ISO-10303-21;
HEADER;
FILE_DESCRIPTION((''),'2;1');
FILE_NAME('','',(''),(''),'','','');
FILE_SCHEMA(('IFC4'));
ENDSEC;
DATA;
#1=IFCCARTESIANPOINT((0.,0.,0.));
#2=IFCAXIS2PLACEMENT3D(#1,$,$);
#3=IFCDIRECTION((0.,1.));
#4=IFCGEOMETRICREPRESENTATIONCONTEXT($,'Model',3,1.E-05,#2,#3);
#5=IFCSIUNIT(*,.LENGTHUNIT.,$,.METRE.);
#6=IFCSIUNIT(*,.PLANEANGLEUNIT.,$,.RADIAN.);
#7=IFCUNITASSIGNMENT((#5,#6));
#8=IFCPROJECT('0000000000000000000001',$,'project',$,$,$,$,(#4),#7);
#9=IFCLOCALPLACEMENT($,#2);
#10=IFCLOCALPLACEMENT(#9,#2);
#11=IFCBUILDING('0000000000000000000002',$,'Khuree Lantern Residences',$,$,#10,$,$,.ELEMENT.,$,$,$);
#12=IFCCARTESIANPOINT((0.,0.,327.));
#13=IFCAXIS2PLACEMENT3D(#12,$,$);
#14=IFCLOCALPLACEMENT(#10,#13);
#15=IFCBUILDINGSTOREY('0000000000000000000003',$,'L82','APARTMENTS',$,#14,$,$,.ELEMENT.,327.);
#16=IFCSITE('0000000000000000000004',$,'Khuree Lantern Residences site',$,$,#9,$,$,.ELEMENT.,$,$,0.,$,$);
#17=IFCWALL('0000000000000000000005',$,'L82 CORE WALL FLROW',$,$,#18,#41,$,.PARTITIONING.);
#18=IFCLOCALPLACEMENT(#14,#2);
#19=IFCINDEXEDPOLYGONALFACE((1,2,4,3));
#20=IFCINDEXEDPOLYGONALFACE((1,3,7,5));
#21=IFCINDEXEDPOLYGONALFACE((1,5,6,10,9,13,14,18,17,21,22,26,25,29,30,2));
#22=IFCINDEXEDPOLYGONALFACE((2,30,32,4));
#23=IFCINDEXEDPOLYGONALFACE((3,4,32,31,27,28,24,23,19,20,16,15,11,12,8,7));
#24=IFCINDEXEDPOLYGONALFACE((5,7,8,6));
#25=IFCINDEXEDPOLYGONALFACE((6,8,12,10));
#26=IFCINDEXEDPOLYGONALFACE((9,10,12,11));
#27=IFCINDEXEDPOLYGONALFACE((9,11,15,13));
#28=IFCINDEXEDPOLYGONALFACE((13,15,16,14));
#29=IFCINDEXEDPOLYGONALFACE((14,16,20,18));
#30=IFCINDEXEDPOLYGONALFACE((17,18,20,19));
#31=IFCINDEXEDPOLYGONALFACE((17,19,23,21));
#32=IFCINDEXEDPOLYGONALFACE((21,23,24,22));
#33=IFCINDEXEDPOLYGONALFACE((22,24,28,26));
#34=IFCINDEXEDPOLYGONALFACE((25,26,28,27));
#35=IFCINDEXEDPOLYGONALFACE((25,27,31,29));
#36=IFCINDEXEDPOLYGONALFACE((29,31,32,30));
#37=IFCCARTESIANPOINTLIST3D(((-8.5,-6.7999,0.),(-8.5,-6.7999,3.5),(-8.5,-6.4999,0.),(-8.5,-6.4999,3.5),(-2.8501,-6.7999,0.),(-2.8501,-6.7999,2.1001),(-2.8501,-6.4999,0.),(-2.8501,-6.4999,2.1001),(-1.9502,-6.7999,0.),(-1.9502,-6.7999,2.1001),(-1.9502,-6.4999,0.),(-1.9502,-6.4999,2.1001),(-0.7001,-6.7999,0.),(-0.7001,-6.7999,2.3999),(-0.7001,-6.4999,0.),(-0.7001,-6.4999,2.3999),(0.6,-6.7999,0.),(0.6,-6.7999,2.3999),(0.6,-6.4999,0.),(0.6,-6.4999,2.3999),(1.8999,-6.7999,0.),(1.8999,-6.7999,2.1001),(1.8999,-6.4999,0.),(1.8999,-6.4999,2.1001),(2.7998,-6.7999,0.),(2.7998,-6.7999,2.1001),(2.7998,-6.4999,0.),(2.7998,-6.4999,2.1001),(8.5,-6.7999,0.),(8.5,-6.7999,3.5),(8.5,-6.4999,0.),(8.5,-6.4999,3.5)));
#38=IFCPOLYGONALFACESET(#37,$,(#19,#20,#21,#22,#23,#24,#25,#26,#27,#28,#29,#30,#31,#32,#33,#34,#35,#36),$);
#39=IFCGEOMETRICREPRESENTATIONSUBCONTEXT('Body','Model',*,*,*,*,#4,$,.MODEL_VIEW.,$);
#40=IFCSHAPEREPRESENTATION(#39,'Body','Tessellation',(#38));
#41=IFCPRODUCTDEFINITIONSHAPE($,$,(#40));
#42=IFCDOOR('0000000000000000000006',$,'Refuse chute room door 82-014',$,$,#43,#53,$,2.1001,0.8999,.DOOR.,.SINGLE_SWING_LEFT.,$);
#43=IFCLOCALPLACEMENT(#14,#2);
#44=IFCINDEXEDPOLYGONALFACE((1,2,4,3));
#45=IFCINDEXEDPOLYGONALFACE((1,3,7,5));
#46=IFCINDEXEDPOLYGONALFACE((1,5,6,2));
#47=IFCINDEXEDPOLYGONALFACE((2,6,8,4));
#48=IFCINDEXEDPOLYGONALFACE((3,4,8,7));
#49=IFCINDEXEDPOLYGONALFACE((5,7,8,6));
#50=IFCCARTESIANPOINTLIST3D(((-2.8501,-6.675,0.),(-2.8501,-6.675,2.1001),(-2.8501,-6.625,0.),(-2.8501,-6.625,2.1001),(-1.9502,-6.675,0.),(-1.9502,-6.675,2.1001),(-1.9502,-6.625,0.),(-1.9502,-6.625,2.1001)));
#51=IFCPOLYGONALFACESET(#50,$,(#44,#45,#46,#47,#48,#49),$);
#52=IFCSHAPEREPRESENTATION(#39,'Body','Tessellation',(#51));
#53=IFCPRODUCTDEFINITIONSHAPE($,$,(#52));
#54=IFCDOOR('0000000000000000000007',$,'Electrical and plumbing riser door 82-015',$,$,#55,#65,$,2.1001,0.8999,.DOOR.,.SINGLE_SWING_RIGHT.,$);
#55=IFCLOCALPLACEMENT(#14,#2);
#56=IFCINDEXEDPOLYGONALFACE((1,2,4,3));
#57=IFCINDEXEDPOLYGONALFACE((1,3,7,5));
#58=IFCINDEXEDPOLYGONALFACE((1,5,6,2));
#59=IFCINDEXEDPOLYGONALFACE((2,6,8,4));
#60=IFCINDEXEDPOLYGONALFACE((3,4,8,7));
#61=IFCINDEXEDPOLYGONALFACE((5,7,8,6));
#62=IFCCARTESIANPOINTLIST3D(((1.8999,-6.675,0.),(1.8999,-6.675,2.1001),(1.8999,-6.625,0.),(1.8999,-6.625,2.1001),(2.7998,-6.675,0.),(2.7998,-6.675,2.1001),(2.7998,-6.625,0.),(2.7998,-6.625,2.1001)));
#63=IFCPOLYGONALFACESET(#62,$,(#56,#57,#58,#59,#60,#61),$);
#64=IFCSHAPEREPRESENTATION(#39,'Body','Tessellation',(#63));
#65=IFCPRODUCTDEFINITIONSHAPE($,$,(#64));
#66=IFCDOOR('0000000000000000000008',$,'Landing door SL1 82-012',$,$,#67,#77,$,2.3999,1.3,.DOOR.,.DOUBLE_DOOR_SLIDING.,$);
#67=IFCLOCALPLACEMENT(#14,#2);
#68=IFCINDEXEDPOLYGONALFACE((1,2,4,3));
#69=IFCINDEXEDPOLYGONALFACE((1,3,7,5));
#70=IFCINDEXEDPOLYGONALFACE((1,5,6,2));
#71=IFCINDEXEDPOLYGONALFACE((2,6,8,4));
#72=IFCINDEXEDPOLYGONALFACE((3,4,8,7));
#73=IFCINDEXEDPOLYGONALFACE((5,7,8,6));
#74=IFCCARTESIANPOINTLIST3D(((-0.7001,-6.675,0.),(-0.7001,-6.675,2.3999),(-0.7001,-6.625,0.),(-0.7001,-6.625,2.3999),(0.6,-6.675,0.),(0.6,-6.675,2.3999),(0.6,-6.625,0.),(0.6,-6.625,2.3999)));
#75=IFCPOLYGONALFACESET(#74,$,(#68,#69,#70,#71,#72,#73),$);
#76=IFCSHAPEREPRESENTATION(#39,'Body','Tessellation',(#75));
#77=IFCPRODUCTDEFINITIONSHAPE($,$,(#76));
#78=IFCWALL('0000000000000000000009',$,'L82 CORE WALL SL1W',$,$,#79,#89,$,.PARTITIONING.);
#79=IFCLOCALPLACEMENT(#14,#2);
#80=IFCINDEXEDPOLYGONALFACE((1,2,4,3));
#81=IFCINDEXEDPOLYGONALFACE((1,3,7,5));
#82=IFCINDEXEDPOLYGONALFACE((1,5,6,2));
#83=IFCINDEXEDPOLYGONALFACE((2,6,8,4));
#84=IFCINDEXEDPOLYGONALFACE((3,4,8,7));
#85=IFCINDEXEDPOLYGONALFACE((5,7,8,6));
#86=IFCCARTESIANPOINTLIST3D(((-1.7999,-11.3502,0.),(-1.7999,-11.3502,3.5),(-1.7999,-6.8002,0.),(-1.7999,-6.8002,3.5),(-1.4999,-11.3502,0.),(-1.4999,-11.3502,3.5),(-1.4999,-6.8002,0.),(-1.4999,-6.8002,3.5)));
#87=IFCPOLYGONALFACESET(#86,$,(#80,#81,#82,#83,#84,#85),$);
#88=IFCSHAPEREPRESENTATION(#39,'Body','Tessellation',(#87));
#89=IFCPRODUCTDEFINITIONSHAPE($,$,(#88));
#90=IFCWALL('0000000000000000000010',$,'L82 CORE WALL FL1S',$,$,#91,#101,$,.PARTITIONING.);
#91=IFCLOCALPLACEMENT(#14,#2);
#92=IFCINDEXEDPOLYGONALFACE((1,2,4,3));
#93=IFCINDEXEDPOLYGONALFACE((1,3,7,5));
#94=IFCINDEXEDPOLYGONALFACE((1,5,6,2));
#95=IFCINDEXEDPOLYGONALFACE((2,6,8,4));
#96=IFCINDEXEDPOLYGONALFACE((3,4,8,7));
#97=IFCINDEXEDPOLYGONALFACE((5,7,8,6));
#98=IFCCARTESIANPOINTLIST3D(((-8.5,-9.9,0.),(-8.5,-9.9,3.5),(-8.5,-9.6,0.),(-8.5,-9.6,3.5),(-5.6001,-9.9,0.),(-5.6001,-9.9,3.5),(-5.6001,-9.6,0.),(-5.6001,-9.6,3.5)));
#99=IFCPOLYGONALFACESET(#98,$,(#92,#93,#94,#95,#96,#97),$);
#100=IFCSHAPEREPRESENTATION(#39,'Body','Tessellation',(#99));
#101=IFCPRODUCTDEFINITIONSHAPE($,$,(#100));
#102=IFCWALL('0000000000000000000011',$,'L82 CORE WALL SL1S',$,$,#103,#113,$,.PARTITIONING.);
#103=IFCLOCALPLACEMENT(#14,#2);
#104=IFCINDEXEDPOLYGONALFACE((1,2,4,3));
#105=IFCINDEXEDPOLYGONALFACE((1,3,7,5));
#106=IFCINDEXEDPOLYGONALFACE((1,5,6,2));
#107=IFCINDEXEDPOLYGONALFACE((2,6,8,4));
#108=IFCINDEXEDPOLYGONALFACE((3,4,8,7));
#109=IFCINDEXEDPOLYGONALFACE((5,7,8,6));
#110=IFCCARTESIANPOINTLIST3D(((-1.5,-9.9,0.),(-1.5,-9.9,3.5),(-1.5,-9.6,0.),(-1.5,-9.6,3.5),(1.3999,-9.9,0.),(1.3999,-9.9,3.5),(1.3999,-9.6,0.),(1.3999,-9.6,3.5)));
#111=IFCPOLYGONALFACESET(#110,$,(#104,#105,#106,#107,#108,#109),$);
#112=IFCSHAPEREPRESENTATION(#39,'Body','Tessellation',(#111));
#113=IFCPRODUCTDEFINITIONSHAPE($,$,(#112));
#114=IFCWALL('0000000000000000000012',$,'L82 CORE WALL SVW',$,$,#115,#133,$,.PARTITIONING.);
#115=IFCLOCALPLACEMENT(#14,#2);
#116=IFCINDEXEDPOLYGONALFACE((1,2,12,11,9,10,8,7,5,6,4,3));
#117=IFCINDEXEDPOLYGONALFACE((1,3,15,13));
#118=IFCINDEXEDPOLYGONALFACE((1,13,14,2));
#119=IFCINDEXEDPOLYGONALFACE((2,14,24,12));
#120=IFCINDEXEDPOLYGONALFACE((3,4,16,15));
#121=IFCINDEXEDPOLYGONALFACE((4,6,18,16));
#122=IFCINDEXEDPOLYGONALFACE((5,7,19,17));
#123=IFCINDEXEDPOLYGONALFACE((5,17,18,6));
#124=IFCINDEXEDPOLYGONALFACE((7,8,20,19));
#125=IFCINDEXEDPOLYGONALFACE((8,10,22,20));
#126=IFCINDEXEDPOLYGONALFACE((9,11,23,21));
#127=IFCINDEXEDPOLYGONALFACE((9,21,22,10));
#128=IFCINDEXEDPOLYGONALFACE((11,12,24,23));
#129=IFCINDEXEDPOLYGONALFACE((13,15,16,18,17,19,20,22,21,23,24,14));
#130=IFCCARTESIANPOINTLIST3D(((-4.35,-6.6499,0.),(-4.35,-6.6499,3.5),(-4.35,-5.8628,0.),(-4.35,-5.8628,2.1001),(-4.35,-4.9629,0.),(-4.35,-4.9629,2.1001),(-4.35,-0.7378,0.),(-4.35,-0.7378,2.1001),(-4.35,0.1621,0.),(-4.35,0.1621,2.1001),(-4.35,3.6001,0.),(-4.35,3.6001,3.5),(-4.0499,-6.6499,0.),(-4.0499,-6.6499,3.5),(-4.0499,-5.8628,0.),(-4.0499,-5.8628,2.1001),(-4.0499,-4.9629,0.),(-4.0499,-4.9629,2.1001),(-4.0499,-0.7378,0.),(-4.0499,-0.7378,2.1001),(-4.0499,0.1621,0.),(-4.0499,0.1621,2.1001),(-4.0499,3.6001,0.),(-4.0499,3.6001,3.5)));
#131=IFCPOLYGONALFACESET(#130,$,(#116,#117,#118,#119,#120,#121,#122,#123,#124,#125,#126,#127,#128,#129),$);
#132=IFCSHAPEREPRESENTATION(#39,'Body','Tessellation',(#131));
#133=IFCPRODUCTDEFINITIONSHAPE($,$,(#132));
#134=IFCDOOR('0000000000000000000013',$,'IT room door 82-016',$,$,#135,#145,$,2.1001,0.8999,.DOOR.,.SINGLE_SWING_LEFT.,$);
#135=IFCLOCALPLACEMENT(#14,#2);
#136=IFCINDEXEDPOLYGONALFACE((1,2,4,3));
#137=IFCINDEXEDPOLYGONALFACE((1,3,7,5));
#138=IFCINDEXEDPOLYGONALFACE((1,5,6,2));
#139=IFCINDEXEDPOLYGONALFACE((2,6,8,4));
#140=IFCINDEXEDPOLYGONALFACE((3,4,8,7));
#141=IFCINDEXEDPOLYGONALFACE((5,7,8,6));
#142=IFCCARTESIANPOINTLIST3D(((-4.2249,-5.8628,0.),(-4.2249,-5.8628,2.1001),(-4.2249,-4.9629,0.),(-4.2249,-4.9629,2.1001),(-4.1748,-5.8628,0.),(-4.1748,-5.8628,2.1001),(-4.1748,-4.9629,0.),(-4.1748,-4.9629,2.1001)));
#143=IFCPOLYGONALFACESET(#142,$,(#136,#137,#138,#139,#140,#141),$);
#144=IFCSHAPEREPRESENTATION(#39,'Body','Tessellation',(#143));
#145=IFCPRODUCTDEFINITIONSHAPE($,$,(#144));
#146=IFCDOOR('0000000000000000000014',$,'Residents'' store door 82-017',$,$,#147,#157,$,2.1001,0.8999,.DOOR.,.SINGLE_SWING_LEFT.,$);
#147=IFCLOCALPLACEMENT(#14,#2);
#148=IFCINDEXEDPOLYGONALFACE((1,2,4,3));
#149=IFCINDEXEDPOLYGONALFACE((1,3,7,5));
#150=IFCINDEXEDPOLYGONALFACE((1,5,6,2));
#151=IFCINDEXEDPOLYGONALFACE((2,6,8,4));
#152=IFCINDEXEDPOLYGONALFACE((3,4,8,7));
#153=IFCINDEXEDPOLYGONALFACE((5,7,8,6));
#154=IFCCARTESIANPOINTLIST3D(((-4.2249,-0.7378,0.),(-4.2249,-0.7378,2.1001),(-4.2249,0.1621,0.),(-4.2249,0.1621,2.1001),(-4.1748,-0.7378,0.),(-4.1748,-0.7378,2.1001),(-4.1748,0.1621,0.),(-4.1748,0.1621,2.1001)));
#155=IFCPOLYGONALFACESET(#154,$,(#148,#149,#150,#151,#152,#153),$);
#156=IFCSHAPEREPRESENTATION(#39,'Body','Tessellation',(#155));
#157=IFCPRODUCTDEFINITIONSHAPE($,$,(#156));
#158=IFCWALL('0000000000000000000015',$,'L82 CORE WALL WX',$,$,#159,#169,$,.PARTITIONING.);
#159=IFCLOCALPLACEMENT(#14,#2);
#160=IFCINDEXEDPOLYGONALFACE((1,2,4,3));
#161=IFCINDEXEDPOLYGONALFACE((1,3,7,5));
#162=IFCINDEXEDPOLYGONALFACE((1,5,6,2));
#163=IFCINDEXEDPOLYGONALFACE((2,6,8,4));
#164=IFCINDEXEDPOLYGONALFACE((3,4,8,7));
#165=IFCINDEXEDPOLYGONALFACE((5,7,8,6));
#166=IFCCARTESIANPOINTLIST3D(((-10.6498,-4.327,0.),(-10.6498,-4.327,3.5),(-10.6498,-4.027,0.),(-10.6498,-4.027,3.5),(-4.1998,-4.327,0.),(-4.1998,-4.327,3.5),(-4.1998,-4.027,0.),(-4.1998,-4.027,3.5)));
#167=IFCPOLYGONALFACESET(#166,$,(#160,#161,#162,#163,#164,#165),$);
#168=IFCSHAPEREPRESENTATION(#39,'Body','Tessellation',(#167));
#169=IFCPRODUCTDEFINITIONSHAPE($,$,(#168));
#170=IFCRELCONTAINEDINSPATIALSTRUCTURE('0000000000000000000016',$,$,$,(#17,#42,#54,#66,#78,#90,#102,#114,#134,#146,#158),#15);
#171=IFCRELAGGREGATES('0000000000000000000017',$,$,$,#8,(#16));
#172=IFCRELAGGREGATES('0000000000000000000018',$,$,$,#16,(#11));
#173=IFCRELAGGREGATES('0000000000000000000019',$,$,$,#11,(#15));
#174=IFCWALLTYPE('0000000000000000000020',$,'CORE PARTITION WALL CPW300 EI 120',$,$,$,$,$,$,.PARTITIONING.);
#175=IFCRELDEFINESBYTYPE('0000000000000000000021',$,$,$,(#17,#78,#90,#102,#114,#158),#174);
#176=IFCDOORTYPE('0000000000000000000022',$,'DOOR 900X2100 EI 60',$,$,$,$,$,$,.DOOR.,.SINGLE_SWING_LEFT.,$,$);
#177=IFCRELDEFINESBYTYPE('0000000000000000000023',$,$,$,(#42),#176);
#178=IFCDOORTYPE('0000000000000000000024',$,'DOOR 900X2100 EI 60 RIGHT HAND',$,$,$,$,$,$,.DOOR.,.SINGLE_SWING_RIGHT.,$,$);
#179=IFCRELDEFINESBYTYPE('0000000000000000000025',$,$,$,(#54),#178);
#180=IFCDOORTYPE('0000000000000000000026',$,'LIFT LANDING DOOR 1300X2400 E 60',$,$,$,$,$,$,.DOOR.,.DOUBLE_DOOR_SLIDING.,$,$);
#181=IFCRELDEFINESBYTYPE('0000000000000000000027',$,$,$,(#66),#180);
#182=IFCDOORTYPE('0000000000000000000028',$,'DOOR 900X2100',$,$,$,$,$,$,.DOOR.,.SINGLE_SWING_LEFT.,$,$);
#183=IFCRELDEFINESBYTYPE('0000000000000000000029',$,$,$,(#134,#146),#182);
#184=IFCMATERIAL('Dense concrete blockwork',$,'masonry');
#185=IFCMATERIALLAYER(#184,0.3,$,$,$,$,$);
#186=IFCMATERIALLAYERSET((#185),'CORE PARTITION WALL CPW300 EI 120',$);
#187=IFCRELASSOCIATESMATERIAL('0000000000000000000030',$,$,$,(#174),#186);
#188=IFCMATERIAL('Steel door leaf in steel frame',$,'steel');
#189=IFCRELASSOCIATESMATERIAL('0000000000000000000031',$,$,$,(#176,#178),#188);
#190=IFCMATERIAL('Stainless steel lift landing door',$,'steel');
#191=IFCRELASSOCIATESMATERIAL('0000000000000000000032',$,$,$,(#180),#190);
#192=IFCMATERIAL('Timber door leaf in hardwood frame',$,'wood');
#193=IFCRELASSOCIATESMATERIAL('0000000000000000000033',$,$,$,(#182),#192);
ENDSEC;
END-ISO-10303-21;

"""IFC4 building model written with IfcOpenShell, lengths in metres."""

from ifc_helpers import new_model, si_unit, direction, frame, frame_2d, origin, place, context, subcontext, project, spatial, rectangle, extrude, material, layer, layer_set, type_object, element, fill, save


model = new_model("IFC4")

# Units and contexts
model_context = context("Model", 3, precision=1e-05, world=origin(), true_north=direction((0.0, 1.0)))
body_context = subcontext(model_context, "Body", "Model", "MODEL_VIEW")
ifc_project = project(units=[si_unit("LENGTHUNIT", "METRE"), si_unit("PLANEANGLEUNIT", "RADIAN")], contexts=[model_context])

# Site, building, storey
site_placement = place(None, origin())
site = spatial("IfcSite", under=ifc_project, at=site_placement, Name="Khuree Lantern Residences site", CompositionType="ELEMENT", RefElevation=0.0)
building_placement = place(site_placement, origin())
building = spatial("IfcBuilding", under=site, at=building_placement, Name="Khuree Lantern Residences", CompositionType="ELEMENT")
storey_placement = place(building_placement, frame((0.0, 0.0, 327.0)))
storey = spatial("IfcBuildingStorey", under=building, at=storey_placement, Name="L82", Description="APARTMENTS", CompositionType="ELEMENT", Elevation=327.0)

# Wall, openings, doors
ifc_material_1 = material(Name="Dense concrete blockwork", Category="masonry")
ifc_layer_1 = layer(ifc_material_1, 0.3)
ifc_layer_set_1 = layer_set([ifc_layer_1], Name="CORE PARTITION WALL CPW300 EI 120")
wall_type_1 = type_object("IfcWallType", Name="CORE PARTITION WALL CPW300 EI 120", PredefinedType="PARTITIONING", material=ifc_layer_set_1)
wall_1_placement = place(storey_placement, frame((-8.5, -6.6499, 0.0), z_axis=(0.0, 0.0, 1.0), x_axis=(1.0, 0.0, 0.0)))
wall_1 = element("IfcWall", 1, at=wall_1_placement, inside=storey, type_object=wall_type_1, Name="L82 CORE WALL FLROW", PredefinedType="PARTITIONING", context=body_context, shape_type="SweptSolid", body=[
    extrude(rectangle(XDim=17.0, YDim=0.3, at=frame_2d((8.5, 0.0))), origin(), (0.0, 0.0, 1.0), 3.5),
])
opening_1_placement = place(wall_1_placement, frame((7.8, 0.0, 0.0)))
opening_1 = element("IfcOpeningElement", 2, at=opening_1_placement, cuts=wall_1, PredefinedType="OPENING", context=body_context, shape_type="SweptSolid", body=[
    extrude(rectangle(XDim=1.3, YDim=2.3999, at=frame_2d((0.6499, 1.2))), frame((0.0, 0.1602, 0.0), z_axis=(0.0, -1.0, 0.0), x_axis=(1.0, 0.0, 0.0)), (0.0, 0.0, 1.0), 0.3201),
])
opening_2_placement = place(wall_1_placement, frame((5.6499, 0.0, 0.0)))
opening_2 = element("IfcOpeningElement", 3, at=opening_2_placement, cuts=wall_1, PredefinedType="OPENING", context=body_context, shape_type="SweptSolid", body=[
    extrude(rectangle(XDim=0.8999, YDim=2.1001, at=frame_2d((0.45, 1.05))), frame((0.0, 0.1602, 0.0), z_axis=(0.0, -1.0, 0.0), x_axis=(1.0, 0.0, 0.0)), (0.0, 0.0, 1.0), 0.3201),
])
opening_3_placement = place(wall_1_placement, frame((10.3999, 0.0, 0.0)))
opening_3 = element("IfcOpeningElement", 4, at=opening_3_placement, cuts=wall_1, PredefinedType="OPENING", context=body_context, shape_type="SweptSolid", body=[
    extrude(rectangle(XDim=0.8999, YDim=2.1001, at=frame_2d((0.45, 1.05))), frame((0.0, 0.1602, 0.0), z_axis=(0.0, -1.0, 0.0), x_axis=(1.0, 0.0, 0.0)), (0.0, 0.0, 1.0), 0.3201),
])
ifc_material_2 = material(Name="Steel door leaf in steel frame", Category="steel")
door_type_1 = type_object("IfcDoorType", Name="DOOR 900X2100 EI 60", OperationType="SINGLE_SWING_LEFT", PredefinedType="DOOR", material=ifc_material_2)
door_1_placement = place(opening_2_placement, origin())
door_1 = element("IfcDoor", 5, at=door_1_placement, inside=storey, type_object=door_type_1, Name="Refuse chute room door 82-014", OperationType="SINGLE_SWING_LEFT", OverallHeight=2.1001, OverallWidth=0.8999, PredefinedType="DOOR", context=body_context, shape_type="SweptSolid", body=[
    extrude(rectangle(XDim=0.8999, YDim=2.1001, at=frame_2d((0.45, 1.05))), frame((0.0, 0.0249, 0.0), z_axis=(0.0, -1.0, 0.0), x_axis=(1.0, 0.0, 0.0)), (0.0, 0.0, 1.0), 0.05),
])
fill(opening_2, door_1)
door_type_2 = type_object("IfcDoorType", Name="DOOR 900X2100 EI 60 RIGHT HAND", OperationType="SINGLE_SWING_RIGHT", PredefinedType="DOOR", material=ifc_material_2)
door_2_placement = place(opening_3_placement, origin())
door_2 = element("IfcDoor", 6, at=door_2_placement, inside=storey, type_object=door_type_2, Name="Electrical and plumbing riser door 82-015", OperationType="SINGLE_SWING_RIGHT", OverallHeight=2.1001, OverallWidth=0.8999, PredefinedType="DOOR", context=body_context, shape_type="SweptSolid", body=[
    extrude(rectangle(XDim=0.8999, YDim=2.1001, at=frame_2d((0.45, 1.05))), frame((0.0, 0.0249, 0.0), z_axis=(0.0, -1.0, 0.0), x_axis=(1.0, 0.0, 0.0)), (0.0, 0.0, 1.0), 0.05),
])
fill(opening_3, door_2)
ifc_material_3 = material(Name="Stainless steel lift landing door", Category="steel")
door_type_3 = type_object("IfcDoorType", Name="LIFT LANDING DOOR 1300X2400 E 60", OperationType="DOUBLE_DOOR_SLIDING", PredefinedType="DOOR", material=ifc_material_3)
door_3_placement = place(opening_1_placement, origin())
door_3 = element("IfcDoor", 7, at=door_3_placement, inside=storey, type_object=door_type_3, Name="Landing door SL1 82-012", OperationType="DOUBLE_DOOR_SLIDING", OverallHeight=2.3999, OverallWidth=1.3, PredefinedType="DOOR", context=body_context, shape_type="SweptSolid", body=[
    extrude(rectangle(XDim=1.3, YDim=2.3999, at=frame_2d((0.6499, 1.2))), frame((0.0, 0.0249, 0.0), z_axis=(0.0, -1.0, 0.0), x_axis=(1.0, 0.0, 0.0)), (0.0, 0.0, 1.0), 0.05),
])
fill(opening_1, door_3)

# Walls
wall_2_placement = place(storey_placement, frame((-1.6499, -11.3501, 0.0), z_axis=(0.0, 0.0, 1.0), x_axis=(0.0, 1.0, 0.0)))
element("IfcWall", 8, at=wall_2_placement, inside=storey, type_object=wall_type_1, Name="L82 CORE WALL SL1W", PredefinedType="PARTITIONING", context=body_context, shape_type="SweptSolid", body=[
    extrude(rectangle(XDim=4.55, YDim=0.3, at=frame_2d((2.2749, 0.0))), origin(), (0.0, 0.0, 1.0), 3.5),
])
for number, where, z_axis, x_axis, name in (
    (9, (-8.5, -9.75, 0.0), (0.0, 0.0, 1.0), (1.0, 0.0, 0.0), "L82 CORE WALL FL1S"),
    (10, (-1.5, -9.75, 0.0), (0.0, 0.0, 1.0), (1.0, 0.0, 0.0), "L82 CORE WALL SL1S"),
):
    element("IfcWall", number, at=place(storey_placement, frame(where, z_axis=z_axis, x_axis=x_axis)), inside=storey, type_object=wall_type_1, Name=name, PredefinedType="PARTITIONING", context=body_context, shape_type="SweptSolid", body=[
        extrude(rectangle(XDim=2.8999, YDim=0.3, at=frame_2d((1.45, 0.0))), origin(), (0.0, 0.0, 1.0), 3.5),
    ])

# Wall, openings, doors
wall_3_placement = place(storey_placement, frame((-4.2, -6.6499, 0.0), z_axis=(0.0, 0.0, 1.0), x_axis=(0.0, 1.0, 0.0)))
wall_3 = element("IfcWall", 11, at=wall_3_placement, inside=storey, type_object=wall_type_1, Name="L82 CORE WALL SVW", PredefinedType="PARTITIONING", context=body_context, shape_type="SweptSolid", body=[
    extrude(rectangle(XDim=10.25, YDim=0.3, at=frame_2d((5.125, 0.0))), origin(), (0.0, 0.0, 1.0), 3.5),
])
opening_4_placement = place(wall_3_placement, frame((0.7871, 0.0, 0.0)))
opening_4 = element("IfcOpeningElement", 12, at=opening_4_placement, cuts=wall_3, PredefinedType="OPENING", context=body_context, shape_type="SweptSolid", body=[
    extrude(rectangle(XDim=0.8999, YDim=2.1001, at=frame_2d((0.45, 1.05))), frame((0.0, 0.1602, 0.0), z_axis=(0.0, -1.0, 0.0), x_axis=(1.0, 0.0, 0.0)), (0.0, 0.0, 1.0), 0.3201),
])
opening_5_placement = place(wall_3_placement, frame((5.9121, 0.0, 0.0)))
opening_5 = element("IfcOpeningElement", 13, at=opening_5_placement, cuts=wall_3, PredefinedType="OPENING", context=body_context, shape_type="SweptSolid", body=[
    extrude(rectangle(XDim=0.8999, YDim=2.1001, at=frame_2d((0.45, 1.05))), frame((0.0, 0.1602, 0.0), z_axis=(0.0, -1.0, 0.0), x_axis=(1.0, 0.0, 0.0)), (0.0, 0.0, 1.0), 0.3201),
])
ifc_material_4 = material(Name="Timber door leaf in hardwood frame", Category="wood")
door_type_4 = type_object("IfcDoorType", Name="DOOR 900X2100", OperationType="SINGLE_SWING_LEFT", PredefinedType="DOOR", material=ifc_material_4)
door_4_placement = place(opening_4_placement, origin())
door_4 = element("IfcDoor", 14, at=door_4_placement, inside=storey, type_object=door_type_4, Name="IT room door 82-016", OperationType="SINGLE_SWING_LEFT", OverallHeight=2.1001, OverallWidth=0.8999, PredefinedType="DOOR", context=body_context, shape_type="SweptSolid", body=[
    extrude(rectangle(XDim=0.8999, YDim=2.1001, at=frame_2d((0.45, 1.05))), frame((0.0, 0.0249, 0.0), z_axis=(0.0, -1.0, 0.0), x_axis=(1.0, 0.0, 0.0)), (0.0, 0.0, 1.0), 0.05),
])
fill(opening_4, door_4)
door_5_placement = place(opening_5_placement, origin())
door_5 = element("IfcDoor", 15, at=door_5_placement, inside=storey, type_object=door_type_4, Name="Residents' store door 82-017", OperationType="SINGLE_SWING_LEFT", OverallHeight=2.1001, OverallWidth=0.8999, PredefinedType="DOOR", context=body_context, shape_type="SweptSolid", body=[
    extrude(rectangle(XDim=0.8999, YDim=2.1001, at=frame_2d((0.45, 1.05))), frame((0.0, 0.0249, 0.0), z_axis=(0.0, -1.0, 0.0), x_axis=(1.0, 0.0, 0.0)), (0.0, 0.0, 1.0), 0.05),
])
fill(opening_5, door_5)

# Wall
wall_4_placement = place(storey_placement, frame((-10.6499, -4.177, 0.0), z_axis=(0.0, 0.0, 1.0), x_axis=(1.0, 0.0, 0.0)))
element("IfcWall", 16, at=wall_4_placement, inside=storey, type_object=wall_type_1, Name="L82 CORE WALL WX", PredefinedType="PARTITIONING", context=body_context, shape_type="SweptSolid", body=[
    extrude(rectangle(XDim=6.45, YDim=0.3, at=frame_2d((3.2251, 0.0))), origin(), (0.0, 0.0, 1.0), 3.5),
])

save(model, "model.ifc")
